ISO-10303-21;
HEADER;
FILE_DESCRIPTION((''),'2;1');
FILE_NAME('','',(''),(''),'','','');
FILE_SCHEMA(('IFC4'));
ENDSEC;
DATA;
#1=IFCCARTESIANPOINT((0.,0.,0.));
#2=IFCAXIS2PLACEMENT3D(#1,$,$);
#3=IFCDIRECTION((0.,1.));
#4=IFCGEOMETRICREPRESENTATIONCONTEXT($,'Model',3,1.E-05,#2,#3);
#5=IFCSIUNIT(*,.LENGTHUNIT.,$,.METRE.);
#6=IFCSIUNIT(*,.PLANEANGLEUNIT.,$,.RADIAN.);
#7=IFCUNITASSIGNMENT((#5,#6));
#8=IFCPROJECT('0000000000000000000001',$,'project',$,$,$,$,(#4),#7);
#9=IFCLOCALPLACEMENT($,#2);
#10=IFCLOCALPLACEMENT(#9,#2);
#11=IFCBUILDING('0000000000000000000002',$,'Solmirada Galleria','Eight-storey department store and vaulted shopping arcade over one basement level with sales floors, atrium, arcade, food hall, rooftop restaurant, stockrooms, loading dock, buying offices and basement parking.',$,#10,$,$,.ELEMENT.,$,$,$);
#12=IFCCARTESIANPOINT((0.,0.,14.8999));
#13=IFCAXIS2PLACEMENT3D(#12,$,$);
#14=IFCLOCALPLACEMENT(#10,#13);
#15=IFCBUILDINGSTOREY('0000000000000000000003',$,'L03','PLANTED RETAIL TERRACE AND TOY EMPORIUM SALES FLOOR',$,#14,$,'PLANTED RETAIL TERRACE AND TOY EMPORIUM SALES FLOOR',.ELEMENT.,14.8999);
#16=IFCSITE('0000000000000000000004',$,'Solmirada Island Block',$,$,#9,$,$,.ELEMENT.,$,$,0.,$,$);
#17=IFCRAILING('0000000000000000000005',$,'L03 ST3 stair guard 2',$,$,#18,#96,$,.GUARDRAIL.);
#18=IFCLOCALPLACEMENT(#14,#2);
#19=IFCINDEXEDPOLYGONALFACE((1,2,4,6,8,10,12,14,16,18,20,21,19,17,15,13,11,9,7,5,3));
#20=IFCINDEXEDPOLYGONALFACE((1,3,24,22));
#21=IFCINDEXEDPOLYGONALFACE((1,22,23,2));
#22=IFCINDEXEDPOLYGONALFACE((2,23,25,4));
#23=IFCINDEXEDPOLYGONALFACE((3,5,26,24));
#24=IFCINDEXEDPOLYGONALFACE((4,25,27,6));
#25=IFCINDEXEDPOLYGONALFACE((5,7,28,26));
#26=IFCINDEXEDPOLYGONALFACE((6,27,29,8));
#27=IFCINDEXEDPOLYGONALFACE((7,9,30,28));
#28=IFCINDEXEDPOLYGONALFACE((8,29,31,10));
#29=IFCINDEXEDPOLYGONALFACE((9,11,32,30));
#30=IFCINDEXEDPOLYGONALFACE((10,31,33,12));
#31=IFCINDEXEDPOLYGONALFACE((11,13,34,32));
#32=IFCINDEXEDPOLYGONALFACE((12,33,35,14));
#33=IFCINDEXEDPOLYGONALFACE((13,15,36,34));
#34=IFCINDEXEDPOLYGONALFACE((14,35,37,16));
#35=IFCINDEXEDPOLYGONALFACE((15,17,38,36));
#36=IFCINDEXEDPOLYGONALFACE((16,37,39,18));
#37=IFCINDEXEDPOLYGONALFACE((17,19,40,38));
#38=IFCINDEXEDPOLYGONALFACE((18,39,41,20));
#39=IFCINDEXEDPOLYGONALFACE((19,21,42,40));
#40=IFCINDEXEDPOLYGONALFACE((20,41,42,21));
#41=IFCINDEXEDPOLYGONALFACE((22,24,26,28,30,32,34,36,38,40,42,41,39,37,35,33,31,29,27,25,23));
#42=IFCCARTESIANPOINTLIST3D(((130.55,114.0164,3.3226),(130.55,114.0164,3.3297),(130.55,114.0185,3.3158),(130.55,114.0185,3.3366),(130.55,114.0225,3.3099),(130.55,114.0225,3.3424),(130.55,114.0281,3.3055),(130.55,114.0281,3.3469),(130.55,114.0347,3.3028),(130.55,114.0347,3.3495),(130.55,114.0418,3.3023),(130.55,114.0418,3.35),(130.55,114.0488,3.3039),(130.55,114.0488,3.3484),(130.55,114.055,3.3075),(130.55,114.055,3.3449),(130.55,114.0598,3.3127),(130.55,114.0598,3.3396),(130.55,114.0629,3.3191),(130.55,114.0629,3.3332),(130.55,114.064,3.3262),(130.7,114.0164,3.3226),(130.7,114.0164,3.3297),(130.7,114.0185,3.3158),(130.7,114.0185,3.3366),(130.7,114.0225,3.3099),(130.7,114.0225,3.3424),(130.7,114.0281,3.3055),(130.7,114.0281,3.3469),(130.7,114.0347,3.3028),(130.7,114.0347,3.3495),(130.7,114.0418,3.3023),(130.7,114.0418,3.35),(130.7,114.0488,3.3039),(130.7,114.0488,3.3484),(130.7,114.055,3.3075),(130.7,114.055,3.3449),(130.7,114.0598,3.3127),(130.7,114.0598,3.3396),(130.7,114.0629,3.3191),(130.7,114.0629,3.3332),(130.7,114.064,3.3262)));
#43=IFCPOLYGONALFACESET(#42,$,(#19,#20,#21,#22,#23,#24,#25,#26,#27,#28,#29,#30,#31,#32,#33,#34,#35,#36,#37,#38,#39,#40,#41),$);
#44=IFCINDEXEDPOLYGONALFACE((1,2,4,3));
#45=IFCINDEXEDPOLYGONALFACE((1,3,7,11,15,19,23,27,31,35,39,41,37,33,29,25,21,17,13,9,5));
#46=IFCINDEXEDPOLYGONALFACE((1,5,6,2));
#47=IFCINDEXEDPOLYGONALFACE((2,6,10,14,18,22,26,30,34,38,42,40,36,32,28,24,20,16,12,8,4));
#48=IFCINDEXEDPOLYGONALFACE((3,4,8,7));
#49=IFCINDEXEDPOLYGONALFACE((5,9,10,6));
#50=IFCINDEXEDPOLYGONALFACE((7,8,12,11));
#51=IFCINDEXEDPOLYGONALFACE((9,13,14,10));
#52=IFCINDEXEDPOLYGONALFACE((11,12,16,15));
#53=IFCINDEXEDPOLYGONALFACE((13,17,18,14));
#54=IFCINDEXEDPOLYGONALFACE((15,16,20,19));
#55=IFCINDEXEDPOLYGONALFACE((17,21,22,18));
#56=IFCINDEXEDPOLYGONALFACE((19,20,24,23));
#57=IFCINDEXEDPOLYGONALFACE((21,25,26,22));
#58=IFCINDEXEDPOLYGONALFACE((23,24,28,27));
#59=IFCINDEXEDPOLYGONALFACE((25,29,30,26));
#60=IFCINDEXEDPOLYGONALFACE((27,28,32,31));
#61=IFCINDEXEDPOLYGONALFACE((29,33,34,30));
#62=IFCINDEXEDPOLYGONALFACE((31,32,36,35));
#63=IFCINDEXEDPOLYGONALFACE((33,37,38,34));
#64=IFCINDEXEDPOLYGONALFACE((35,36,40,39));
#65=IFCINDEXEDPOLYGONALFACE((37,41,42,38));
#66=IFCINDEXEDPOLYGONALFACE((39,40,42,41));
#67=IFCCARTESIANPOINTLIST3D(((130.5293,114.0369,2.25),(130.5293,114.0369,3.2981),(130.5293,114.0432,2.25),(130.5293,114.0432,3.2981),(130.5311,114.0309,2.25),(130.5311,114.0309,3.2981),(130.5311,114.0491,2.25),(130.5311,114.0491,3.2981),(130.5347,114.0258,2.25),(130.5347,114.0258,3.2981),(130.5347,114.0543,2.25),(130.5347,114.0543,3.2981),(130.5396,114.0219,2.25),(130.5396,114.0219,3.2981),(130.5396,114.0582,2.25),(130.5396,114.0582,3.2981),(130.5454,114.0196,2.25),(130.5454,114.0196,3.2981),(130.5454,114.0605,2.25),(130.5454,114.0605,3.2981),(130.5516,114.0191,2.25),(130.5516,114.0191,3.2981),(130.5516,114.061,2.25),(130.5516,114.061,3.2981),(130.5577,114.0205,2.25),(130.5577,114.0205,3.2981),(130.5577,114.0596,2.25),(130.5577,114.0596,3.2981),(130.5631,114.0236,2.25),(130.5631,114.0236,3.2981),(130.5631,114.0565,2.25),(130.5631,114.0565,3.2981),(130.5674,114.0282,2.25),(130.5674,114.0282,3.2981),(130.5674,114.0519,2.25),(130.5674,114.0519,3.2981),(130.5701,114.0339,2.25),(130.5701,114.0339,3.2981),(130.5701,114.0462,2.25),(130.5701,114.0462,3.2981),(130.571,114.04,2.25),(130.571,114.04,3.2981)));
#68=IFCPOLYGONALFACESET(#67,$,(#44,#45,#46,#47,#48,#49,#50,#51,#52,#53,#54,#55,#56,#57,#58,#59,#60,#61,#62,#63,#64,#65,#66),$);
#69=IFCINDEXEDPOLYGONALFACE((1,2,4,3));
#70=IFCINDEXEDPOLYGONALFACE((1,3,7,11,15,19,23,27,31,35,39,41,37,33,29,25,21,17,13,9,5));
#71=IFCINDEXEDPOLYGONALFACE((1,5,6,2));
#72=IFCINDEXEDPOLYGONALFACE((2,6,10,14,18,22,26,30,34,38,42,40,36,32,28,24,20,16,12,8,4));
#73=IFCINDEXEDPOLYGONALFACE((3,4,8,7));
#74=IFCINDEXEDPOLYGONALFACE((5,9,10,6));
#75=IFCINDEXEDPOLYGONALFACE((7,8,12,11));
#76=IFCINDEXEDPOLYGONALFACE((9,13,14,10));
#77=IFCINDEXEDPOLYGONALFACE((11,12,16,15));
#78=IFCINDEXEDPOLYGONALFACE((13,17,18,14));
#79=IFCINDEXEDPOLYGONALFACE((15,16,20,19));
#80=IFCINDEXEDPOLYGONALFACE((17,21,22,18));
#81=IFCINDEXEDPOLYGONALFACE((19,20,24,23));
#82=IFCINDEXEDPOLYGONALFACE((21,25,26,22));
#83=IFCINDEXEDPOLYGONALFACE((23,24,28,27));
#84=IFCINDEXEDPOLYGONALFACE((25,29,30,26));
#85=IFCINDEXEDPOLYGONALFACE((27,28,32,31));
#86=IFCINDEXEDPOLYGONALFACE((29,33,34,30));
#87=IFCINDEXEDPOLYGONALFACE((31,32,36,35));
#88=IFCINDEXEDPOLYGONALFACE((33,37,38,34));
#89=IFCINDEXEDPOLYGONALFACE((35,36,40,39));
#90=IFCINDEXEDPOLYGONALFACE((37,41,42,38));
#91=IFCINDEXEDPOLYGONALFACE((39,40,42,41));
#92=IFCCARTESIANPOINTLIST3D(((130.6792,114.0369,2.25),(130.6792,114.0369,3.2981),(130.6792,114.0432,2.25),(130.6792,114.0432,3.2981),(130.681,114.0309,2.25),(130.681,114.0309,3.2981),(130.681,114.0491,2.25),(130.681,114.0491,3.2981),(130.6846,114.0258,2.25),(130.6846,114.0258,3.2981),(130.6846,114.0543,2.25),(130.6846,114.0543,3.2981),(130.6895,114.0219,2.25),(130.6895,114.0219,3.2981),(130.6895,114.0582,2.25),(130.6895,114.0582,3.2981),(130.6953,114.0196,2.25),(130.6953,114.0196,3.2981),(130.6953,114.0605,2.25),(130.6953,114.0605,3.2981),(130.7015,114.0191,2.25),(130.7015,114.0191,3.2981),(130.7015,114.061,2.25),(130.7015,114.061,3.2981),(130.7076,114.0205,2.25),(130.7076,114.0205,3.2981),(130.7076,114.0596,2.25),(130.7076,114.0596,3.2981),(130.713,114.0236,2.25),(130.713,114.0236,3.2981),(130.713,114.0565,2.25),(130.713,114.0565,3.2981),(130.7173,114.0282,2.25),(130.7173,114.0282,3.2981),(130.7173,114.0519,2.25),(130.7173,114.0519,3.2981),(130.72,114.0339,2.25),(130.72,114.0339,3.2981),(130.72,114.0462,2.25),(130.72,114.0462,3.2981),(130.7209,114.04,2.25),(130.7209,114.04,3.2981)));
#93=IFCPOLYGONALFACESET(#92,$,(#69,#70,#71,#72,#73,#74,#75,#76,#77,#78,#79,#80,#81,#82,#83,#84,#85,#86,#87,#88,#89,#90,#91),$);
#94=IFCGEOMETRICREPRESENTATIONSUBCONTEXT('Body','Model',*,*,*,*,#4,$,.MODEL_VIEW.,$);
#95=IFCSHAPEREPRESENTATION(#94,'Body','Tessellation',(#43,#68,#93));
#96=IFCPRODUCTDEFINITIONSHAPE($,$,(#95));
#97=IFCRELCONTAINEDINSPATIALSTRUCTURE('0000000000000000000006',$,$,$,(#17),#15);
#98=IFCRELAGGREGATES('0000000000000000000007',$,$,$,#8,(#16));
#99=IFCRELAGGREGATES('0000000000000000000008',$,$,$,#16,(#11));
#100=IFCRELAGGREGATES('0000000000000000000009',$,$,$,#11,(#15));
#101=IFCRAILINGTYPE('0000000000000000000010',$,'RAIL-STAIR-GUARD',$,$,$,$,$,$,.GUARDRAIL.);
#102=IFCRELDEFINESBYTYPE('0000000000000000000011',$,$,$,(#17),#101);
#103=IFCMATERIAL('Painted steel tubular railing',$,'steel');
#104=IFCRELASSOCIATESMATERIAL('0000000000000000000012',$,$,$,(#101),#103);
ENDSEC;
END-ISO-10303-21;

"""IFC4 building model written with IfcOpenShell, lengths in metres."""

from ifc_helpers import new_model, si_unit, direction, frame, origin, origin_2d, place, context, subcontext, project, spatial, circle, extrude, material, type_object, element, save


model = new_model("IFC4")

# Units and contexts
model_context = context("Model", 3, precision=1e-05, world=origin(), true_north=direction((0.0, 1.0)))
body_context = subcontext(model_context, "Body", "Model", "MODEL_VIEW")
ifc_project = project(units=[si_unit("LENGTHUNIT", "METRE"), si_unit("PLANEANGLEUNIT", "RADIAN")], contexts=[model_context])

# Site, building, storey
site_placement = place(None, origin())
site = spatial("IfcSite", under=ifc_project, at=site_placement, Name="Solmirada Island Block", CompositionType="ELEMENT", RefElevation=0.0)
building_placement = place(site_placement, origin())
building = spatial("IfcBuilding", under=site, at=building_placement, Name="Solmirada Galleria", Description="Eight-storey department store and vaulted shopping arcade over one basement level with sales floors, atrium, arcade, food hall, rooftop restaurant, stockrooms, loading dock, buying offices and basement parking.", CompositionType="ELEMENT")
storey_placement = place(building_placement, frame((0.0, 0.0, 14.8999)))
storey = spatial("IfcBuildingStorey", under=building, at=storey_placement, Name="L03", Description="PLANTED RETAIL TERRACE AND TOY EMPORIUM SALES FLOOR", LongName="PLANTED RETAIL TERRACE AND TOY EMPORIUM SALES FLOOR", CompositionType="ELEMENT", Elevation=14.8999)

# Railing
ifc_material_1 = material(Name="Painted steel tubular railing", Category="steel")
railing_type_1 = type_object("IfcRailingType", Name="RAIL-STAIR-GUARD", PredefinedType="GUARDRAIL", material=ifc_material_1)
railing_1_placement = place(storey_placement, frame((130.55, 114.04, 2.25)))
element("IfcRailing", 1, at=railing_1_placement, inside=storey, type_object=railing_type_1, Name="L03 ST3 stair guard 2", PredefinedType="GUARDRAIL", context=body_context, shape_type="SweptSolid", body=[
    extrude(circle(Radius=0.0239, at=origin_2d()), frame((0.0, 0.0, 1.0762), z_axis=(1.0, 0.0, 0.0), x_axis=(0.0, 1.0, 0.0)), (0.0, 0.0, 1.0), 0.1499),
    extrude(circle(Radius=0.021, at=origin_2d()), origin(), (0.0, 0.0, 1.0), 1.0481),
    extrude(circle(Radius=0.021, at=origin_2d()), frame((0.1499, 0.0, 0.0)), (0.0, 0.0, 1.0), 1.0481),
])

save(model, "model.ifc")
